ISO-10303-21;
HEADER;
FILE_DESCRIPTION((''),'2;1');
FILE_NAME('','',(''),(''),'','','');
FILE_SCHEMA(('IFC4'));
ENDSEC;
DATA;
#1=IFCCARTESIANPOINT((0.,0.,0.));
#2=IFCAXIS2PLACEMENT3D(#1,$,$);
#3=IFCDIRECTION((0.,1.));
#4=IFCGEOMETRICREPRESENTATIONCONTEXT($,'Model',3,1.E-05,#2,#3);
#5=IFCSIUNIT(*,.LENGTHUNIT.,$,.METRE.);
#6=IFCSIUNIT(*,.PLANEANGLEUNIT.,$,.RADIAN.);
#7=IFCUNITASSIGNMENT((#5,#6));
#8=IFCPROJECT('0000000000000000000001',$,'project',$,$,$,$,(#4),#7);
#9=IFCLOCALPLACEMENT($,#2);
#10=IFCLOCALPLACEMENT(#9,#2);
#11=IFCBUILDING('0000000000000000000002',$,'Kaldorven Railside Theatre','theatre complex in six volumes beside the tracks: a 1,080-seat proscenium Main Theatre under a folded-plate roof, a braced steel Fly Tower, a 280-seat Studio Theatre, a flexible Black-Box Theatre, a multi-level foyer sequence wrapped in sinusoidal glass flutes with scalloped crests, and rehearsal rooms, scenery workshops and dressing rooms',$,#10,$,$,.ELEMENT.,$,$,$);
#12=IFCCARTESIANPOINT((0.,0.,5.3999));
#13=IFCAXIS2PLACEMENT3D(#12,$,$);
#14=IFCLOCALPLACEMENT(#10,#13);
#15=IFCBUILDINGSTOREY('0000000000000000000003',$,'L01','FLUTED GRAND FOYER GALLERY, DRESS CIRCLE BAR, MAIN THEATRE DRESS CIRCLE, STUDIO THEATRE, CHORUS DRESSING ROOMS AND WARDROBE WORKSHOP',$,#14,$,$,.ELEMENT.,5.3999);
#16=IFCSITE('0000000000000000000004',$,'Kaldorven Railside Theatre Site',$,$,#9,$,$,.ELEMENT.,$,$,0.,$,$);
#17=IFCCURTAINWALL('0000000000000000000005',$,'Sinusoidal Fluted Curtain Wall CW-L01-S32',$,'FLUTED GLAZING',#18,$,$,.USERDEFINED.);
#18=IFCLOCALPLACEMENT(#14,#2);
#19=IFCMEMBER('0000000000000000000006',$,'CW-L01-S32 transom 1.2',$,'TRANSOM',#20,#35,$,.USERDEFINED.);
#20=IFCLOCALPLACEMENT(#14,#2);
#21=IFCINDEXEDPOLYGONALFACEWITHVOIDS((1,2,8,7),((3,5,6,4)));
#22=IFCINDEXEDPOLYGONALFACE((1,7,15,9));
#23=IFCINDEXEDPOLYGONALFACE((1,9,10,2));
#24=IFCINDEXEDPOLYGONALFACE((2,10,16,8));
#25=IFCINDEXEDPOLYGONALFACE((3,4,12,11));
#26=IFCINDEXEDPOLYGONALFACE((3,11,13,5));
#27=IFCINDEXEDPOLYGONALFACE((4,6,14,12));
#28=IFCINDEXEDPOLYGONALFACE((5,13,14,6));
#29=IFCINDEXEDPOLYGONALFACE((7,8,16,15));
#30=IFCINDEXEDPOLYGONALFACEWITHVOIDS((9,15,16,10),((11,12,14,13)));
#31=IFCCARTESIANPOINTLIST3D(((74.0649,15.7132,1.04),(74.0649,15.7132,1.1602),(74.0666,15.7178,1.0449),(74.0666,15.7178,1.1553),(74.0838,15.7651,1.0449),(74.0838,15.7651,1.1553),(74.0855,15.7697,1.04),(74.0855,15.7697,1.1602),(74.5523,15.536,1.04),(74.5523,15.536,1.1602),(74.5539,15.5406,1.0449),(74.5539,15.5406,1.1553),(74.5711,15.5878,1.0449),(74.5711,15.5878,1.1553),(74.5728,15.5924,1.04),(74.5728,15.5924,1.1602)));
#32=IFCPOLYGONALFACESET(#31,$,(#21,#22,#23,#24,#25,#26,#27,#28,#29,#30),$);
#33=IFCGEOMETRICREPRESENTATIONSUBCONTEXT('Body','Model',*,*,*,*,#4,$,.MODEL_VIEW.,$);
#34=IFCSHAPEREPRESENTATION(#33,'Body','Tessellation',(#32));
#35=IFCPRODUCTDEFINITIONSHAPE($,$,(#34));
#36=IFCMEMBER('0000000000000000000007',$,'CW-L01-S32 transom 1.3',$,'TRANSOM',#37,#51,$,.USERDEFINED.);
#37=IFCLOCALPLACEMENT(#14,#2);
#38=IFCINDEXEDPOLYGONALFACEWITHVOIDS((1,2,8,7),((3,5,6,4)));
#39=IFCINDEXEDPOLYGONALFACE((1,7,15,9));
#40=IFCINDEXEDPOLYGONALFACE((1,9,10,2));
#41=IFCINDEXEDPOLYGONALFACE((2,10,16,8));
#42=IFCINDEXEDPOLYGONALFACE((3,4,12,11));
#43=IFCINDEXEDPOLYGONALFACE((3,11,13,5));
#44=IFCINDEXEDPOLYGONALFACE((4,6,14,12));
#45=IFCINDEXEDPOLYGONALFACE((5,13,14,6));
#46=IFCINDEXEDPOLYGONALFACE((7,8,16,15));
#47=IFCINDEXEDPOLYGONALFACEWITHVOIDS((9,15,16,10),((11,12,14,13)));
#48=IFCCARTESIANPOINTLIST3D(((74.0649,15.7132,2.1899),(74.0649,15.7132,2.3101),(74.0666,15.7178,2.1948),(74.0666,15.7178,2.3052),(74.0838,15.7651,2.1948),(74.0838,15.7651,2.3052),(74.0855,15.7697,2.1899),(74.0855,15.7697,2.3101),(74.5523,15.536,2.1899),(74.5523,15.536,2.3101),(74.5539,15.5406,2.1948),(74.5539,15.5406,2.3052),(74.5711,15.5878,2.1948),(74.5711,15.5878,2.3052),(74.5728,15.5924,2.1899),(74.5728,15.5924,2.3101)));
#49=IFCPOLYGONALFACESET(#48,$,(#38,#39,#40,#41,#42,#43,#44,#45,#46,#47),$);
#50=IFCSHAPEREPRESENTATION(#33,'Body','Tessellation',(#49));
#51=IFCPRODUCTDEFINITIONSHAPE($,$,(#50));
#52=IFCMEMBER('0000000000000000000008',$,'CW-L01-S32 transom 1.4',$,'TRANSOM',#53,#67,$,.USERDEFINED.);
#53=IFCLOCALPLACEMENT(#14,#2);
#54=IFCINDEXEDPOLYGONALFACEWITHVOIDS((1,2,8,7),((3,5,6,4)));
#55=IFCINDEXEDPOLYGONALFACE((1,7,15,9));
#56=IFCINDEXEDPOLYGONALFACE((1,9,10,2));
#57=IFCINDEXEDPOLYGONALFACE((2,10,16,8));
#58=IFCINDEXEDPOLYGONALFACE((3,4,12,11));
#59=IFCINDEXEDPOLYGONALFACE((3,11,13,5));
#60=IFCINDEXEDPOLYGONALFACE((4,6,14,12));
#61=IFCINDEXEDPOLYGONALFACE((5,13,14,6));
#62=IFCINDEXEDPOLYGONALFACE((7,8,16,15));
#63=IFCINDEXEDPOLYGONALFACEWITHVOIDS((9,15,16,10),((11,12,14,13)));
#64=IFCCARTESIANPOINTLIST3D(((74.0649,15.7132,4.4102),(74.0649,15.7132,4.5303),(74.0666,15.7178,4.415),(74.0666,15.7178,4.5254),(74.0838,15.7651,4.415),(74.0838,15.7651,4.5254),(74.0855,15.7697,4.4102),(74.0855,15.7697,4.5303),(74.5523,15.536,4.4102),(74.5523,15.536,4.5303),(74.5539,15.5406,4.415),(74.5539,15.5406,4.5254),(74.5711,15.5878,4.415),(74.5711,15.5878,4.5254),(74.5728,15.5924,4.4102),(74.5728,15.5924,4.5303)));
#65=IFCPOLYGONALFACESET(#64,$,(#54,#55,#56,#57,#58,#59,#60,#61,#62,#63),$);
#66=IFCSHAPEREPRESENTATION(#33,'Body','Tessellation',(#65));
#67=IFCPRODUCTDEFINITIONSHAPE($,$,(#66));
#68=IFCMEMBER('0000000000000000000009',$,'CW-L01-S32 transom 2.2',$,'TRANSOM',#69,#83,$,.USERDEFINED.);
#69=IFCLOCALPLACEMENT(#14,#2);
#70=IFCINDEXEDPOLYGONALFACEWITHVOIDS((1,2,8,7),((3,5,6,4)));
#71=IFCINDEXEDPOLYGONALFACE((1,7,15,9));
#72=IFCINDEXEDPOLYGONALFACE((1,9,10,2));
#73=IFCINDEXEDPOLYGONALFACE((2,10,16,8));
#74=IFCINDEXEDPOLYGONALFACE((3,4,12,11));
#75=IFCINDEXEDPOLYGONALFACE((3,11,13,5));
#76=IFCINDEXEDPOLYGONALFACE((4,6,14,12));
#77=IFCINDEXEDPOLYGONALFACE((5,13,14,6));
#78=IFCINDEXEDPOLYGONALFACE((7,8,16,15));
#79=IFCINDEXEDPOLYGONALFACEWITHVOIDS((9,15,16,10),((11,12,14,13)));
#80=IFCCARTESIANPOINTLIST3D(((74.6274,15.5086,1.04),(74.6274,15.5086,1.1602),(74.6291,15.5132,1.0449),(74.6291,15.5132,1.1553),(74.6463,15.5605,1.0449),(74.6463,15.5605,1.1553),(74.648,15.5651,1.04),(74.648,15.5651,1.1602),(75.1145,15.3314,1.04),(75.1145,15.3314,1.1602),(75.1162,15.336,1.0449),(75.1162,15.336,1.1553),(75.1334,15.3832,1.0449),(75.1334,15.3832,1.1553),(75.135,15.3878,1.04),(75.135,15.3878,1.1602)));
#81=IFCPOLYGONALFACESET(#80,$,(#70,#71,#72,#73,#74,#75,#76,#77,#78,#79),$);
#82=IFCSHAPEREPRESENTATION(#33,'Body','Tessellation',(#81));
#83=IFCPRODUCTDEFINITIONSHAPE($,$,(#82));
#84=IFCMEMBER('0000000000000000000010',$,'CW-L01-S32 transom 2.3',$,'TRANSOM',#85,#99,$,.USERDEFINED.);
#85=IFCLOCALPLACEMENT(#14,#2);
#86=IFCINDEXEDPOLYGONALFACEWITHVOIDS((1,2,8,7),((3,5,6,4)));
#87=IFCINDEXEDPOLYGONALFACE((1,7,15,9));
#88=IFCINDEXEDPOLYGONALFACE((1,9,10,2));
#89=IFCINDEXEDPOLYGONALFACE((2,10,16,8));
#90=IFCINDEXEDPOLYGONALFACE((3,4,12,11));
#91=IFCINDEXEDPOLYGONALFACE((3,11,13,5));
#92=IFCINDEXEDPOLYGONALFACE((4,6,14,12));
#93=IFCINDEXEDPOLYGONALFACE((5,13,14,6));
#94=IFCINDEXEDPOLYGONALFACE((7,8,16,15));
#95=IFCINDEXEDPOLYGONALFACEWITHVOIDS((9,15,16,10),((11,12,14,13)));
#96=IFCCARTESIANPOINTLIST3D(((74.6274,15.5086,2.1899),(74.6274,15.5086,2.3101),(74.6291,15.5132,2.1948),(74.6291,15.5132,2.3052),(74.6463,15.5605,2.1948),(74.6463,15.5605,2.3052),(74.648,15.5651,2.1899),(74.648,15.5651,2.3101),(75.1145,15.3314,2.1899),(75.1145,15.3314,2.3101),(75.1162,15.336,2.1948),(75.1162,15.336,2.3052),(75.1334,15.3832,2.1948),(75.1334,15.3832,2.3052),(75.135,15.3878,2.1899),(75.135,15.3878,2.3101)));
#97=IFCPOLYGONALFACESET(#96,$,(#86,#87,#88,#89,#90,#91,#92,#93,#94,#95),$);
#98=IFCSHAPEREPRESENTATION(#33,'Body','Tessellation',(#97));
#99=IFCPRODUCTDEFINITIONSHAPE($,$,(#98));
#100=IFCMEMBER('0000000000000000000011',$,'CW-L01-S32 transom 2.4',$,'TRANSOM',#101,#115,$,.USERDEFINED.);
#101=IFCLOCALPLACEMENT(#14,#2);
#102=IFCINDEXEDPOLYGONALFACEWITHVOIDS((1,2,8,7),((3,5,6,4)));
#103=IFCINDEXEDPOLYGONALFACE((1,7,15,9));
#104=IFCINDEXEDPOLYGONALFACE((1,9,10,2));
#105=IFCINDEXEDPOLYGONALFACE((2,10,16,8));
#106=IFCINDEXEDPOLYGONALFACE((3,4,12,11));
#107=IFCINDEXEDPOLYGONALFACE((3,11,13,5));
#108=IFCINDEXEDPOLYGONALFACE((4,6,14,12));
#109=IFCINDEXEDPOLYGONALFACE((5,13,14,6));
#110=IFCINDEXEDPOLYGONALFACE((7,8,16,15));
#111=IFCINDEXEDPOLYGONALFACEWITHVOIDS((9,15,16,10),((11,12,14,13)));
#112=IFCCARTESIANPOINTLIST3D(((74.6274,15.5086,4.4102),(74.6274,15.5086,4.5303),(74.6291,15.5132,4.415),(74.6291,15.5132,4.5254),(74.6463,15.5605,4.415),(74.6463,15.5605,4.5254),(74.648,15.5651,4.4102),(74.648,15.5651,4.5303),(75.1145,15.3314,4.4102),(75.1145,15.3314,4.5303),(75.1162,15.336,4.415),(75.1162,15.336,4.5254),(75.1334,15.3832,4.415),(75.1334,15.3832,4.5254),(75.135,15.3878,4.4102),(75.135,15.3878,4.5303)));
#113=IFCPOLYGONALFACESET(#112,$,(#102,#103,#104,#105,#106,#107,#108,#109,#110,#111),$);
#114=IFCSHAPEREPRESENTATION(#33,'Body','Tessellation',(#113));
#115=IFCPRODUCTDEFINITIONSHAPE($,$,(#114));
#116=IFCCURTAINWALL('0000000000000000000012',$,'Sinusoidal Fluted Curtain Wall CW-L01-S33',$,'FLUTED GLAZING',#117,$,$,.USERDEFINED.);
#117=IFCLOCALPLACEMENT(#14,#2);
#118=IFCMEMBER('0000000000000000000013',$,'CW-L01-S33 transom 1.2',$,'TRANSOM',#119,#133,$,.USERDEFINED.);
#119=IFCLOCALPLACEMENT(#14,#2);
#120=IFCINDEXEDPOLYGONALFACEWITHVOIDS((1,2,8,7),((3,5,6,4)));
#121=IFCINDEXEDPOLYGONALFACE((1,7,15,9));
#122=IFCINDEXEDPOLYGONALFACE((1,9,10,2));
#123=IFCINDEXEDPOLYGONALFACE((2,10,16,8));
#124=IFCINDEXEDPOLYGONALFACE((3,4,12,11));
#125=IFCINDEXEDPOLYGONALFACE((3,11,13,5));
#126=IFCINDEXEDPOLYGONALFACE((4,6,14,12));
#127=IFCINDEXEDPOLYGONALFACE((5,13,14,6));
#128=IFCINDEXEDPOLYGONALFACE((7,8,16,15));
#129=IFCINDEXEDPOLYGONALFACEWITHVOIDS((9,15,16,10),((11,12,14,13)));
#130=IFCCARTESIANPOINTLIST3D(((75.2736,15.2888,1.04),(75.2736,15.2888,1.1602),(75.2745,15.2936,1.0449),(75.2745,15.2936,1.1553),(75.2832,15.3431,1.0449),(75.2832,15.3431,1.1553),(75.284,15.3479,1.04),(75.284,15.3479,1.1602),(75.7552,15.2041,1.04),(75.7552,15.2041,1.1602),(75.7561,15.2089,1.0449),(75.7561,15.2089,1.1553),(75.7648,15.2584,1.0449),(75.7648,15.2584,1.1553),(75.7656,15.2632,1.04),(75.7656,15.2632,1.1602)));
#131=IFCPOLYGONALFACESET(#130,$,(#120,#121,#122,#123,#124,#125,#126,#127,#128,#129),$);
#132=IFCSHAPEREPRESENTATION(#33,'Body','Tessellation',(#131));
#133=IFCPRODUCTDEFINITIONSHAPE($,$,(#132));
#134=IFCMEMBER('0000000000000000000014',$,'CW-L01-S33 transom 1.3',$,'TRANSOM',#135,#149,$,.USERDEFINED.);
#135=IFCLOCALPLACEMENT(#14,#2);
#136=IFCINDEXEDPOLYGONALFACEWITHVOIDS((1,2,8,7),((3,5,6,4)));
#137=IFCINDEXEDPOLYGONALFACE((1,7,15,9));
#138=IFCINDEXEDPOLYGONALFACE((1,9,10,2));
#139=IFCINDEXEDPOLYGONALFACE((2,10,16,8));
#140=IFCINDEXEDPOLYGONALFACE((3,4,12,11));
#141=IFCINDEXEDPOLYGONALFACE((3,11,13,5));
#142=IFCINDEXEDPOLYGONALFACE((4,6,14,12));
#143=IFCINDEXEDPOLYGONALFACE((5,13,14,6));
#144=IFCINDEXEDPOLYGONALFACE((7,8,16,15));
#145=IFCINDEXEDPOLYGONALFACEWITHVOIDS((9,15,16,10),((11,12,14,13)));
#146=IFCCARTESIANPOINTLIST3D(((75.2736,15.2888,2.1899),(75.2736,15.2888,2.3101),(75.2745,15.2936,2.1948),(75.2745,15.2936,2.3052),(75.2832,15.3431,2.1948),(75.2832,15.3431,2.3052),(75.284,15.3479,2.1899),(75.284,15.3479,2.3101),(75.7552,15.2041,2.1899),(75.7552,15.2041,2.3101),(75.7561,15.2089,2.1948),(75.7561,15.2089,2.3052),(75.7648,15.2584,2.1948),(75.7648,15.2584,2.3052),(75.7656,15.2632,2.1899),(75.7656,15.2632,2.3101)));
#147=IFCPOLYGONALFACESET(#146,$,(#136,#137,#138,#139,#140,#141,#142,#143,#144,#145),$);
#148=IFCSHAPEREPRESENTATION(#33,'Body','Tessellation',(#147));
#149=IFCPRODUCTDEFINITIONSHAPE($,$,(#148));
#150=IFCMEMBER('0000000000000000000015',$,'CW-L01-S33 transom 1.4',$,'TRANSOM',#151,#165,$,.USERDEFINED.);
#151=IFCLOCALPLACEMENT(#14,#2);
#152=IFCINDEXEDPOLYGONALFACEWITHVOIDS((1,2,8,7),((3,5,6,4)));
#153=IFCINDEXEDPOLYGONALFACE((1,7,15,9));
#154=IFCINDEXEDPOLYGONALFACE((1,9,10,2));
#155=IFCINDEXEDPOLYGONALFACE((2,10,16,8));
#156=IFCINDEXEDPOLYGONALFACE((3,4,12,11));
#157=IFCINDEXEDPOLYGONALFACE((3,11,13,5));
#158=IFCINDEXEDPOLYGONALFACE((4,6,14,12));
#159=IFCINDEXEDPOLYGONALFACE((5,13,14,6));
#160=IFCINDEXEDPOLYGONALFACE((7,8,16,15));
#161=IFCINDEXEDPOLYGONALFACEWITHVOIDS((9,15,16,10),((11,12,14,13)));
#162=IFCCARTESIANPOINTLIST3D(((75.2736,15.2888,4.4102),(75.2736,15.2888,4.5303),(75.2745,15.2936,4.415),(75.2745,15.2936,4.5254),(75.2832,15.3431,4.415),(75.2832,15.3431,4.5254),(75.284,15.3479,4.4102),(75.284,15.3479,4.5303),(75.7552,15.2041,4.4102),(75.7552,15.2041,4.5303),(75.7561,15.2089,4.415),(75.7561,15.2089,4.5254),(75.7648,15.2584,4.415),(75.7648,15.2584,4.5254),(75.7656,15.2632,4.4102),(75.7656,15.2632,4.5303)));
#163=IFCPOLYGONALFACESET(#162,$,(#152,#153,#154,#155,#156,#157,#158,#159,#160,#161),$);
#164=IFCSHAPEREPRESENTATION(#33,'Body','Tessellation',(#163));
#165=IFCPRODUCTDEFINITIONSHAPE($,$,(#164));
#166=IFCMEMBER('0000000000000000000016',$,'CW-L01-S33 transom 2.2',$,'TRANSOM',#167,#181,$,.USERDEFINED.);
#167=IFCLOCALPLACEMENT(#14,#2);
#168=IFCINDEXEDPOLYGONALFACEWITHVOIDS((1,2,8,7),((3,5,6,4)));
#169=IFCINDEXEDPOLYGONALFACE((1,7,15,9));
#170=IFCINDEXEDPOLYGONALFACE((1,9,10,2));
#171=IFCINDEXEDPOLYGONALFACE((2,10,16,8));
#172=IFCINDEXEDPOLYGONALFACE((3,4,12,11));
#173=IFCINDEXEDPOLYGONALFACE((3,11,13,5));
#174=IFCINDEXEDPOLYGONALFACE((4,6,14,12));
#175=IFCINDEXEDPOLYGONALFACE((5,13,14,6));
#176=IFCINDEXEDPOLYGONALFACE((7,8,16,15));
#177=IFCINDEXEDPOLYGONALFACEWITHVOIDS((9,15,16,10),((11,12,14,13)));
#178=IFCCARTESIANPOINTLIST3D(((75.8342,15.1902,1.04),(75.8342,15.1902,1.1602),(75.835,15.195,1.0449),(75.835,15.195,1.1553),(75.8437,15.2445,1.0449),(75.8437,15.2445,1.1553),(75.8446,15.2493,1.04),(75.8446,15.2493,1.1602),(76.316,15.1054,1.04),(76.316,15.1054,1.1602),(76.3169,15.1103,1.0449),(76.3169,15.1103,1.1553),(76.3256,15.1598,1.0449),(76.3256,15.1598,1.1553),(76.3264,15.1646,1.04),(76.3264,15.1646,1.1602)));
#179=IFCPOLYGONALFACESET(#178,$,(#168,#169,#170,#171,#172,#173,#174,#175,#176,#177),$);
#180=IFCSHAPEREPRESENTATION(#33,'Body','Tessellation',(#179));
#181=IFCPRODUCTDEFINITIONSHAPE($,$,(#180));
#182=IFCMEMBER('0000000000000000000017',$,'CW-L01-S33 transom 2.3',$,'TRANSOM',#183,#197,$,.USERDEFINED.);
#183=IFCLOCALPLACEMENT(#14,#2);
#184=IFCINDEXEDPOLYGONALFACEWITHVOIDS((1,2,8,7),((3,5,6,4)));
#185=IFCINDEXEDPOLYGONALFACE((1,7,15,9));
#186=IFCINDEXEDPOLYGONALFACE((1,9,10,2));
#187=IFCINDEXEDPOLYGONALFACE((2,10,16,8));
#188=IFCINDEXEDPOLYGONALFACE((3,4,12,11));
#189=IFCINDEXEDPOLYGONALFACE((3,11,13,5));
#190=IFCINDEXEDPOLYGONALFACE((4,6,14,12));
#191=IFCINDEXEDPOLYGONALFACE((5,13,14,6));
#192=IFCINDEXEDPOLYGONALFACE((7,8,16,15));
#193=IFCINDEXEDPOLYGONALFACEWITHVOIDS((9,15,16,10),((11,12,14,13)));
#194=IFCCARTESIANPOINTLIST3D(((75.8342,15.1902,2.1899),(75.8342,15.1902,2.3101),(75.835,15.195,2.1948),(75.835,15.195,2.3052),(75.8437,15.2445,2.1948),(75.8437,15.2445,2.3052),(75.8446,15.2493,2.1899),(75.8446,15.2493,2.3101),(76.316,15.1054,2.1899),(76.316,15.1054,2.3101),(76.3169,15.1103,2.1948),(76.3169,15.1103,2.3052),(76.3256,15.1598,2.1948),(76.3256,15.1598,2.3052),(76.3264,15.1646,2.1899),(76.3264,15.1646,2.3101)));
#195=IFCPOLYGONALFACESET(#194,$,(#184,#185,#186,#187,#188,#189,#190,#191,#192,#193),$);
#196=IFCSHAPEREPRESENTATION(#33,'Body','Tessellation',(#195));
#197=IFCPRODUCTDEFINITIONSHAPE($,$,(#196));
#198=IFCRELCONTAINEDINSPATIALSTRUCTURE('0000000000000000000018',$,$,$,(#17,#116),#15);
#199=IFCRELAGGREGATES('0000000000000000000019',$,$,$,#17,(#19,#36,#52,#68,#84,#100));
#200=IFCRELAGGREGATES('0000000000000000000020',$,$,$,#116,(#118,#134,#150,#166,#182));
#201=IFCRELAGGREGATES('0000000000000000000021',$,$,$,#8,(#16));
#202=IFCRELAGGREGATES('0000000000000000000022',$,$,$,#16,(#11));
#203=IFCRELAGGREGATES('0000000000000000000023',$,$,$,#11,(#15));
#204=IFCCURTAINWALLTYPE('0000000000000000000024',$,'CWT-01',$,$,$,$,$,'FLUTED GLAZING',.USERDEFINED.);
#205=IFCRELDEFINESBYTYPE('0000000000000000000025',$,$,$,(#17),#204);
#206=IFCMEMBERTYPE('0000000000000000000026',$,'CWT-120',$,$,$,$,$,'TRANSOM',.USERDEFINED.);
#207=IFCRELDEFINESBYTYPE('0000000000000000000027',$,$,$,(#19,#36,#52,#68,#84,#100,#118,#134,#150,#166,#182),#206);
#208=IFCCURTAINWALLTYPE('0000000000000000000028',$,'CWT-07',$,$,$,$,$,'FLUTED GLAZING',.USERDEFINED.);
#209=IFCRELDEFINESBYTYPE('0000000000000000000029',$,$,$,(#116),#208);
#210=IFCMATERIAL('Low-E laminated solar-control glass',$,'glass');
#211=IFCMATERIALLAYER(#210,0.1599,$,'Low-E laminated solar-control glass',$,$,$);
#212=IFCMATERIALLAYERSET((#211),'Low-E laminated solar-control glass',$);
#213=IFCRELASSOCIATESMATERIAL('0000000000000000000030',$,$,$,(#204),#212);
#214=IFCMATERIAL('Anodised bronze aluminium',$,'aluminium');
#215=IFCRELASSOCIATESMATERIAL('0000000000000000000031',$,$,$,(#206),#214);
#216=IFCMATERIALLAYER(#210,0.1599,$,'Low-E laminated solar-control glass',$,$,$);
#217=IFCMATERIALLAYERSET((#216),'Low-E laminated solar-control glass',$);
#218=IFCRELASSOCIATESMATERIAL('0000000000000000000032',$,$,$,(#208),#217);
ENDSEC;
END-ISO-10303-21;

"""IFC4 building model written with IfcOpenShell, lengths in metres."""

from ifc_helpers import new_model, si_unit, direction, frame, origin, origin_2d, place, context, subcontext, project, spatial, hollow_rectangle, extrude, material, layer, layer_set, material_profile, profile_set, type_object, element, aggregate, save


model = new_model("IFC4")

# Units and contexts
model_context = context("Model", 3, precision=1e-05, world=origin(), true_north=direction((0.0, 1.0)))
body_context = subcontext(model_context, "Body", "Model", "MODEL_VIEW")
ifc_project = project(units=[si_unit("LENGTHUNIT", "METRE"), si_unit("PLANEANGLEUNIT", "RADIAN")], contexts=[model_context])

# Site, building, storey
site_placement = place(None, origin())
site = spatial("IfcSite", under=ifc_project, at=site_placement, Name="Kaldorven Railside Theatre Site", CompositionType="ELEMENT", RefElevation=0.0)
building_placement = place(site_placement, origin())
building = spatial("IfcBuilding", under=site, at=building_placement, Name="Kaldorven Railside Theatre", Description="theatre complex in six volumes beside the tracks: a 1,080-seat proscenium Main Theatre under a folded-plate roof, a braced steel Fly Tower, a 280-seat Studio Theatre, a flexible Black-Box Theatre, a multi-level foyer sequence wrapped in sinusoidal glass flutes with scalloped crests, and rehearsal rooms, scenery workshops and dressing rooms", CompositionType="ELEMENT")
storey_placement = place(building_placement, frame((0.0, 0.0, 5.3999)))
storey = spatial("IfcBuildingStorey", under=building, at=storey_placement, Name="L01", Description="FLUTED GRAND FOYER GALLERY, DRESS CIRCLE BAR, MAIN THEATRE DRESS CIRCLE, STUDIO THEATRE, CHORUS DRESSING ROOMS AND WARDROBE WORKSHOP", CompositionType="ELEMENT", Elevation=5.3999)

# Curtain walls, members
ifc_material_1 = material(Name="Low-E laminated solar-control glass", Category="glass")
ifc_layer_1 = layer(ifc_material_1, 0.1599, Name="Low-E laminated solar-control glass")
ifc_layer_set_1 = layer_set([ifc_layer_1], Name="Low-E laminated solar-control glass")
curtain_wall_type_1 = type_object("IfcCurtainWallType", Name="CWT-01", ElementType="FLUTED GLAZING", PredefinedType="USERDEFINED", material=ifc_layer_set_1)
curtain_wall_1_placement = place(storey_placement, origin())
curtain_wall_1 = element("IfcCurtainWall", 1, at=curtain_wall_1_placement, inside=storey, type_object=curtain_wall_type_1, Name="Sinusoidal Fluted Curtain Wall CW-L01-S32", ObjectType="FLUTED GLAZING", PredefinedType="USERDEFINED")
ifc_material_2 = material(Name="Anodised bronze aluminium", Category="aluminium")
ifc_material_profile = material_profile(ifc_material_2, hollow_rectangle(XDim=0.0601, YDim=0.1201, WallThickness=0.0049, at=origin_2d()), Name="RHS 120x60x5")
ifc_profile_set = profile_set([ifc_material_profile], Name="Anodised bronze aluminium")
member_type = type_object("IfcMemberType", Name="CWT-120", ElementType="TRANSOM", PredefinedType="USERDEFINED", material=ifc_profile_set)
member_1_placement = place(storey_placement, frame((74.0752, 15.7415, 1.1001), z_axis=(0.939766, -0.341819, 0.0), x_axis=(0.341819, 0.939766, 0.0)))
member_1 = element("IfcMember", 2, at=member_1_placement, type_object=member_type, Name="CW-L01-S32 transom 1.2", ObjectType="TRANSOM", PredefinedType="USERDEFINED", context=body_context, shape_type="SweptSolid", body=[
    extrude(hollow_rectangle(XDim=0.0601, YDim=0.1201, WallThickness=0.0049, at=origin_2d()), origin(), (0.0, 0.0, 1.0), 0.5186),
])
member_2_placement = place(storey_placement, frame((74.0752, 15.7415, 2.25), z_axis=(0.939766, -0.341819, 0.0), x_axis=(0.341819, 0.939766, 0.0)))
member_2 = element("IfcMember", 3, at=member_2_placement, type_object=member_type, Name="CW-L01-S32 transom 1.3", ObjectType="TRANSOM", PredefinedType="USERDEFINED", context=body_context, shape_type="SweptSolid", body=[
    extrude(hollow_rectangle(XDim=0.0601, YDim=0.1201, WallThickness=0.0049, at=origin_2d()), origin(), (0.0, 0.0, 1.0), 0.5186),
])
member_3_placement = place(storey_placement, frame((74.0752, 15.7415, 4.4702), z_axis=(0.939766, -0.341819, 0.0), x_axis=(0.341819, 0.939766, 0.0)))
member_3 = element("IfcMember", 4, at=member_3_placement, type_object=member_type, Name="CW-L01-S32 transom 1.4", ObjectType="TRANSOM", PredefinedType="USERDEFINED", context=body_context, shape_type="SweptSolid", body=[
    extrude(hollow_rectangle(XDim=0.0601, YDim=0.1201, WallThickness=0.0049, at=origin_2d()), origin(), (0.0, 0.0, 1.0), 0.5186),
])
member_4_placement = place(storey_placement, frame((74.6377, 15.5369, 1.1001), z_axis=(0.939711, -0.34197, 0.0), x_axis=(0.34197, 0.939711, 0.0)))
member_4 = element("IfcMember", 5, at=member_4_placement, type_object=member_type, Name="CW-L01-S32 transom 2.2", ObjectType="TRANSOM", PredefinedType="USERDEFINED", context=body_context, shape_type="SweptSolid", body=[
    extrude(hollow_rectangle(XDim=0.0601, YDim=0.1201, WallThickness=0.0049, at=origin_2d()), origin(), (0.0, 0.0, 1.0), 0.5183),
])
member_5_placement = place(storey_placement, frame((74.6377, 15.5369, 2.25), z_axis=(0.939711, -0.34197, 0.0), x_axis=(0.34197, 0.939711, 0.0)))
member_5 = element("IfcMember", 6, at=member_5_placement, type_object=member_type, Name="CW-L01-S32 transom 2.3", ObjectType="TRANSOM", PredefinedType="USERDEFINED", context=body_context, shape_type="SweptSolid", body=[
    extrude(hollow_rectangle(XDim=0.0601, YDim=0.1201, WallThickness=0.0049, at=origin_2d()), origin(), (0.0, 0.0, 1.0), 0.5183),
])
member_6_placement = place(storey_placement, frame((74.6377, 15.5369, 4.4702), z_axis=(0.939711, -0.34197, 0.0), x_axis=(0.34197, 0.939711, 0.0)))
member_6 = element("IfcMember", 7, at=member_6_placement, type_object=member_type, Name="CW-L01-S32 transom 2.4", ObjectType="TRANSOM", PredefinedType="USERDEFINED", context=body_context, shape_type="SweptSolid", body=[
    extrude(hollow_rectangle(XDim=0.0601, YDim=0.1201, WallThickness=0.0049, at=origin_2d()), origin(), (0.0, 0.0, 1.0), 0.5183),
])
ifc_layer_2 = layer(ifc_material_1, 0.1599, Name="Low-E laminated solar-control glass")
ifc_layer_set_2 = layer_set([ifc_layer_2], Name="Low-E laminated solar-control glass")
curtain_wall_type_2 = type_object("IfcCurtainWallType", Name="CWT-07", ElementType="FLUTED GLAZING", PredefinedType="USERDEFINED", material=ifc_layer_set_2)
curtain_wall_2_placement = place(storey_placement, origin())
curtain_wall_2 = element("IfcCurtainWall", 8, at=curtain_wall_2_placement, inside=storey, type_object=curtain_wall_type_2, Name="Sinusoidal Fluted Curtain Wall CW-L01-S33", ObjectType="FLUTED GLAZING", PredefinedType="USERDEFINED")
member_7_placement = place(storey_placement, frame((75.2788, 15.3184, 1.1001), z_axis=(0.984884, -0.173216, 0.0), x_axis=(0.173216, 0.984884, 0.0)))
member_7 = element("IfcMember", 9, at=member_7_placement, type_object=member_type, Name="CW-L01-S33 transom 1.2", ObjectType="TRANSOM", PredefinedType="USERDEFINED", context=body_context, shape_type="SweptSolid", body=[
    extrude(hollow_rectangle(XDim=0.0601, YDim=0.1201, WallThickness=0.0049, at=origin_2d()), origin(), (0.0, 0.0, 1.0), 0.489),
])
member_8_placement = place(storey_placement, frame((75.2788, 15.3184, 2.25), z_axis=(0.984884, -0.173216, 0.0), x_axis=(0.173216, 0.984884, 0.0)))
member_8 = element("IfcMember", 10, at=member_8_placement, type_object=member_type, Name="CW-L01-S33 transom 1.3", ObjectType="TRANSOM", PredefinedType="USERDEFINED", context=body_context, shape_type="SweptSolid", body=[
    extrude(hollow_rectangle(XDim=0.0601, YDim=0.1201, WallThickness=0.0049, at=origin_2d()), origin(), (0.0, 0.0, 1.0), 0.489),
])
member_9_placement = place(storey_placement, frame((75.2788, 15.3184, 4.4702), z_axis=(0.984884, -0.173216, 0.0), x_axis=(0.173216, 0.984884, 0.0)))
member_9 = element("IfcMember", 11, at=member_9_placement, type_object=member_type, Name="CW-L01-S33 transom 1.4", ObjectType="TRANSOM", PredefinedType="USERDEFINED", context=body_context, shape_type="SweptSolid", body=[
    extrude(hollow_rectangle(XDim=0.0601, YDim=0.1201, WallThickness=0.0049, at=origin_2d()), origin(), (0.0, 0.0, 1.0), 0.489),
])
member_10_placement = place(storey_placement, frame((75.8394, 15.2197, 1.1001), z_axis=(0.984899, -0.173131, 0.0), x_axis=(0.173131, 0.984899, 0.0)))
member_10 = element("IfcMember", 12, at=member_10_placement, type_object=member_type, Name="CW-L01-S33 transom 2.2", ObjectType="TRANSOM", PredefinedType="USERDEFINED", context=body_context, shape_type="SweptSolid", body=[
    extrude(hollow_rectangle(XDim=0.0601, YDim=0.1201, WallThickness=0.0049, at=origin_2d()), origin(), (0.0, 0.0, 1.0), 0.4893),
])
member_11_placement = place(storey_placement, frame((75.8394, 15.2197, 2.25), z_axis=(0.984899, -0.173131, 0.0), x_axis=(0.173131, 0.984899, 0.0)))
member_11 = element("IfcMember", 13, at=member_11_placement, type_object=member_type, Name="CW-L01-S33 transom 2.3", ObjectType="TRANSOM", PredefinedType="USERDEFINED", context=body_context, shape_type="SweptSolid", body=[
    extrude(hollow_rectangle(XDim=0.0601, YDim=0.1201, WallThickness=0.0049, at=origin_2d()), origin(), (0.0, 0.0, 1.0), 0.4893),
])

aggregate(curtain_wall_1, [member_1, member_2, member_3, member_4, member_5, member_6])
aggregate(curtain_wall_2, [member_7, member_8, member_9, member_10, member_11])

save(model, "model.ifc")
